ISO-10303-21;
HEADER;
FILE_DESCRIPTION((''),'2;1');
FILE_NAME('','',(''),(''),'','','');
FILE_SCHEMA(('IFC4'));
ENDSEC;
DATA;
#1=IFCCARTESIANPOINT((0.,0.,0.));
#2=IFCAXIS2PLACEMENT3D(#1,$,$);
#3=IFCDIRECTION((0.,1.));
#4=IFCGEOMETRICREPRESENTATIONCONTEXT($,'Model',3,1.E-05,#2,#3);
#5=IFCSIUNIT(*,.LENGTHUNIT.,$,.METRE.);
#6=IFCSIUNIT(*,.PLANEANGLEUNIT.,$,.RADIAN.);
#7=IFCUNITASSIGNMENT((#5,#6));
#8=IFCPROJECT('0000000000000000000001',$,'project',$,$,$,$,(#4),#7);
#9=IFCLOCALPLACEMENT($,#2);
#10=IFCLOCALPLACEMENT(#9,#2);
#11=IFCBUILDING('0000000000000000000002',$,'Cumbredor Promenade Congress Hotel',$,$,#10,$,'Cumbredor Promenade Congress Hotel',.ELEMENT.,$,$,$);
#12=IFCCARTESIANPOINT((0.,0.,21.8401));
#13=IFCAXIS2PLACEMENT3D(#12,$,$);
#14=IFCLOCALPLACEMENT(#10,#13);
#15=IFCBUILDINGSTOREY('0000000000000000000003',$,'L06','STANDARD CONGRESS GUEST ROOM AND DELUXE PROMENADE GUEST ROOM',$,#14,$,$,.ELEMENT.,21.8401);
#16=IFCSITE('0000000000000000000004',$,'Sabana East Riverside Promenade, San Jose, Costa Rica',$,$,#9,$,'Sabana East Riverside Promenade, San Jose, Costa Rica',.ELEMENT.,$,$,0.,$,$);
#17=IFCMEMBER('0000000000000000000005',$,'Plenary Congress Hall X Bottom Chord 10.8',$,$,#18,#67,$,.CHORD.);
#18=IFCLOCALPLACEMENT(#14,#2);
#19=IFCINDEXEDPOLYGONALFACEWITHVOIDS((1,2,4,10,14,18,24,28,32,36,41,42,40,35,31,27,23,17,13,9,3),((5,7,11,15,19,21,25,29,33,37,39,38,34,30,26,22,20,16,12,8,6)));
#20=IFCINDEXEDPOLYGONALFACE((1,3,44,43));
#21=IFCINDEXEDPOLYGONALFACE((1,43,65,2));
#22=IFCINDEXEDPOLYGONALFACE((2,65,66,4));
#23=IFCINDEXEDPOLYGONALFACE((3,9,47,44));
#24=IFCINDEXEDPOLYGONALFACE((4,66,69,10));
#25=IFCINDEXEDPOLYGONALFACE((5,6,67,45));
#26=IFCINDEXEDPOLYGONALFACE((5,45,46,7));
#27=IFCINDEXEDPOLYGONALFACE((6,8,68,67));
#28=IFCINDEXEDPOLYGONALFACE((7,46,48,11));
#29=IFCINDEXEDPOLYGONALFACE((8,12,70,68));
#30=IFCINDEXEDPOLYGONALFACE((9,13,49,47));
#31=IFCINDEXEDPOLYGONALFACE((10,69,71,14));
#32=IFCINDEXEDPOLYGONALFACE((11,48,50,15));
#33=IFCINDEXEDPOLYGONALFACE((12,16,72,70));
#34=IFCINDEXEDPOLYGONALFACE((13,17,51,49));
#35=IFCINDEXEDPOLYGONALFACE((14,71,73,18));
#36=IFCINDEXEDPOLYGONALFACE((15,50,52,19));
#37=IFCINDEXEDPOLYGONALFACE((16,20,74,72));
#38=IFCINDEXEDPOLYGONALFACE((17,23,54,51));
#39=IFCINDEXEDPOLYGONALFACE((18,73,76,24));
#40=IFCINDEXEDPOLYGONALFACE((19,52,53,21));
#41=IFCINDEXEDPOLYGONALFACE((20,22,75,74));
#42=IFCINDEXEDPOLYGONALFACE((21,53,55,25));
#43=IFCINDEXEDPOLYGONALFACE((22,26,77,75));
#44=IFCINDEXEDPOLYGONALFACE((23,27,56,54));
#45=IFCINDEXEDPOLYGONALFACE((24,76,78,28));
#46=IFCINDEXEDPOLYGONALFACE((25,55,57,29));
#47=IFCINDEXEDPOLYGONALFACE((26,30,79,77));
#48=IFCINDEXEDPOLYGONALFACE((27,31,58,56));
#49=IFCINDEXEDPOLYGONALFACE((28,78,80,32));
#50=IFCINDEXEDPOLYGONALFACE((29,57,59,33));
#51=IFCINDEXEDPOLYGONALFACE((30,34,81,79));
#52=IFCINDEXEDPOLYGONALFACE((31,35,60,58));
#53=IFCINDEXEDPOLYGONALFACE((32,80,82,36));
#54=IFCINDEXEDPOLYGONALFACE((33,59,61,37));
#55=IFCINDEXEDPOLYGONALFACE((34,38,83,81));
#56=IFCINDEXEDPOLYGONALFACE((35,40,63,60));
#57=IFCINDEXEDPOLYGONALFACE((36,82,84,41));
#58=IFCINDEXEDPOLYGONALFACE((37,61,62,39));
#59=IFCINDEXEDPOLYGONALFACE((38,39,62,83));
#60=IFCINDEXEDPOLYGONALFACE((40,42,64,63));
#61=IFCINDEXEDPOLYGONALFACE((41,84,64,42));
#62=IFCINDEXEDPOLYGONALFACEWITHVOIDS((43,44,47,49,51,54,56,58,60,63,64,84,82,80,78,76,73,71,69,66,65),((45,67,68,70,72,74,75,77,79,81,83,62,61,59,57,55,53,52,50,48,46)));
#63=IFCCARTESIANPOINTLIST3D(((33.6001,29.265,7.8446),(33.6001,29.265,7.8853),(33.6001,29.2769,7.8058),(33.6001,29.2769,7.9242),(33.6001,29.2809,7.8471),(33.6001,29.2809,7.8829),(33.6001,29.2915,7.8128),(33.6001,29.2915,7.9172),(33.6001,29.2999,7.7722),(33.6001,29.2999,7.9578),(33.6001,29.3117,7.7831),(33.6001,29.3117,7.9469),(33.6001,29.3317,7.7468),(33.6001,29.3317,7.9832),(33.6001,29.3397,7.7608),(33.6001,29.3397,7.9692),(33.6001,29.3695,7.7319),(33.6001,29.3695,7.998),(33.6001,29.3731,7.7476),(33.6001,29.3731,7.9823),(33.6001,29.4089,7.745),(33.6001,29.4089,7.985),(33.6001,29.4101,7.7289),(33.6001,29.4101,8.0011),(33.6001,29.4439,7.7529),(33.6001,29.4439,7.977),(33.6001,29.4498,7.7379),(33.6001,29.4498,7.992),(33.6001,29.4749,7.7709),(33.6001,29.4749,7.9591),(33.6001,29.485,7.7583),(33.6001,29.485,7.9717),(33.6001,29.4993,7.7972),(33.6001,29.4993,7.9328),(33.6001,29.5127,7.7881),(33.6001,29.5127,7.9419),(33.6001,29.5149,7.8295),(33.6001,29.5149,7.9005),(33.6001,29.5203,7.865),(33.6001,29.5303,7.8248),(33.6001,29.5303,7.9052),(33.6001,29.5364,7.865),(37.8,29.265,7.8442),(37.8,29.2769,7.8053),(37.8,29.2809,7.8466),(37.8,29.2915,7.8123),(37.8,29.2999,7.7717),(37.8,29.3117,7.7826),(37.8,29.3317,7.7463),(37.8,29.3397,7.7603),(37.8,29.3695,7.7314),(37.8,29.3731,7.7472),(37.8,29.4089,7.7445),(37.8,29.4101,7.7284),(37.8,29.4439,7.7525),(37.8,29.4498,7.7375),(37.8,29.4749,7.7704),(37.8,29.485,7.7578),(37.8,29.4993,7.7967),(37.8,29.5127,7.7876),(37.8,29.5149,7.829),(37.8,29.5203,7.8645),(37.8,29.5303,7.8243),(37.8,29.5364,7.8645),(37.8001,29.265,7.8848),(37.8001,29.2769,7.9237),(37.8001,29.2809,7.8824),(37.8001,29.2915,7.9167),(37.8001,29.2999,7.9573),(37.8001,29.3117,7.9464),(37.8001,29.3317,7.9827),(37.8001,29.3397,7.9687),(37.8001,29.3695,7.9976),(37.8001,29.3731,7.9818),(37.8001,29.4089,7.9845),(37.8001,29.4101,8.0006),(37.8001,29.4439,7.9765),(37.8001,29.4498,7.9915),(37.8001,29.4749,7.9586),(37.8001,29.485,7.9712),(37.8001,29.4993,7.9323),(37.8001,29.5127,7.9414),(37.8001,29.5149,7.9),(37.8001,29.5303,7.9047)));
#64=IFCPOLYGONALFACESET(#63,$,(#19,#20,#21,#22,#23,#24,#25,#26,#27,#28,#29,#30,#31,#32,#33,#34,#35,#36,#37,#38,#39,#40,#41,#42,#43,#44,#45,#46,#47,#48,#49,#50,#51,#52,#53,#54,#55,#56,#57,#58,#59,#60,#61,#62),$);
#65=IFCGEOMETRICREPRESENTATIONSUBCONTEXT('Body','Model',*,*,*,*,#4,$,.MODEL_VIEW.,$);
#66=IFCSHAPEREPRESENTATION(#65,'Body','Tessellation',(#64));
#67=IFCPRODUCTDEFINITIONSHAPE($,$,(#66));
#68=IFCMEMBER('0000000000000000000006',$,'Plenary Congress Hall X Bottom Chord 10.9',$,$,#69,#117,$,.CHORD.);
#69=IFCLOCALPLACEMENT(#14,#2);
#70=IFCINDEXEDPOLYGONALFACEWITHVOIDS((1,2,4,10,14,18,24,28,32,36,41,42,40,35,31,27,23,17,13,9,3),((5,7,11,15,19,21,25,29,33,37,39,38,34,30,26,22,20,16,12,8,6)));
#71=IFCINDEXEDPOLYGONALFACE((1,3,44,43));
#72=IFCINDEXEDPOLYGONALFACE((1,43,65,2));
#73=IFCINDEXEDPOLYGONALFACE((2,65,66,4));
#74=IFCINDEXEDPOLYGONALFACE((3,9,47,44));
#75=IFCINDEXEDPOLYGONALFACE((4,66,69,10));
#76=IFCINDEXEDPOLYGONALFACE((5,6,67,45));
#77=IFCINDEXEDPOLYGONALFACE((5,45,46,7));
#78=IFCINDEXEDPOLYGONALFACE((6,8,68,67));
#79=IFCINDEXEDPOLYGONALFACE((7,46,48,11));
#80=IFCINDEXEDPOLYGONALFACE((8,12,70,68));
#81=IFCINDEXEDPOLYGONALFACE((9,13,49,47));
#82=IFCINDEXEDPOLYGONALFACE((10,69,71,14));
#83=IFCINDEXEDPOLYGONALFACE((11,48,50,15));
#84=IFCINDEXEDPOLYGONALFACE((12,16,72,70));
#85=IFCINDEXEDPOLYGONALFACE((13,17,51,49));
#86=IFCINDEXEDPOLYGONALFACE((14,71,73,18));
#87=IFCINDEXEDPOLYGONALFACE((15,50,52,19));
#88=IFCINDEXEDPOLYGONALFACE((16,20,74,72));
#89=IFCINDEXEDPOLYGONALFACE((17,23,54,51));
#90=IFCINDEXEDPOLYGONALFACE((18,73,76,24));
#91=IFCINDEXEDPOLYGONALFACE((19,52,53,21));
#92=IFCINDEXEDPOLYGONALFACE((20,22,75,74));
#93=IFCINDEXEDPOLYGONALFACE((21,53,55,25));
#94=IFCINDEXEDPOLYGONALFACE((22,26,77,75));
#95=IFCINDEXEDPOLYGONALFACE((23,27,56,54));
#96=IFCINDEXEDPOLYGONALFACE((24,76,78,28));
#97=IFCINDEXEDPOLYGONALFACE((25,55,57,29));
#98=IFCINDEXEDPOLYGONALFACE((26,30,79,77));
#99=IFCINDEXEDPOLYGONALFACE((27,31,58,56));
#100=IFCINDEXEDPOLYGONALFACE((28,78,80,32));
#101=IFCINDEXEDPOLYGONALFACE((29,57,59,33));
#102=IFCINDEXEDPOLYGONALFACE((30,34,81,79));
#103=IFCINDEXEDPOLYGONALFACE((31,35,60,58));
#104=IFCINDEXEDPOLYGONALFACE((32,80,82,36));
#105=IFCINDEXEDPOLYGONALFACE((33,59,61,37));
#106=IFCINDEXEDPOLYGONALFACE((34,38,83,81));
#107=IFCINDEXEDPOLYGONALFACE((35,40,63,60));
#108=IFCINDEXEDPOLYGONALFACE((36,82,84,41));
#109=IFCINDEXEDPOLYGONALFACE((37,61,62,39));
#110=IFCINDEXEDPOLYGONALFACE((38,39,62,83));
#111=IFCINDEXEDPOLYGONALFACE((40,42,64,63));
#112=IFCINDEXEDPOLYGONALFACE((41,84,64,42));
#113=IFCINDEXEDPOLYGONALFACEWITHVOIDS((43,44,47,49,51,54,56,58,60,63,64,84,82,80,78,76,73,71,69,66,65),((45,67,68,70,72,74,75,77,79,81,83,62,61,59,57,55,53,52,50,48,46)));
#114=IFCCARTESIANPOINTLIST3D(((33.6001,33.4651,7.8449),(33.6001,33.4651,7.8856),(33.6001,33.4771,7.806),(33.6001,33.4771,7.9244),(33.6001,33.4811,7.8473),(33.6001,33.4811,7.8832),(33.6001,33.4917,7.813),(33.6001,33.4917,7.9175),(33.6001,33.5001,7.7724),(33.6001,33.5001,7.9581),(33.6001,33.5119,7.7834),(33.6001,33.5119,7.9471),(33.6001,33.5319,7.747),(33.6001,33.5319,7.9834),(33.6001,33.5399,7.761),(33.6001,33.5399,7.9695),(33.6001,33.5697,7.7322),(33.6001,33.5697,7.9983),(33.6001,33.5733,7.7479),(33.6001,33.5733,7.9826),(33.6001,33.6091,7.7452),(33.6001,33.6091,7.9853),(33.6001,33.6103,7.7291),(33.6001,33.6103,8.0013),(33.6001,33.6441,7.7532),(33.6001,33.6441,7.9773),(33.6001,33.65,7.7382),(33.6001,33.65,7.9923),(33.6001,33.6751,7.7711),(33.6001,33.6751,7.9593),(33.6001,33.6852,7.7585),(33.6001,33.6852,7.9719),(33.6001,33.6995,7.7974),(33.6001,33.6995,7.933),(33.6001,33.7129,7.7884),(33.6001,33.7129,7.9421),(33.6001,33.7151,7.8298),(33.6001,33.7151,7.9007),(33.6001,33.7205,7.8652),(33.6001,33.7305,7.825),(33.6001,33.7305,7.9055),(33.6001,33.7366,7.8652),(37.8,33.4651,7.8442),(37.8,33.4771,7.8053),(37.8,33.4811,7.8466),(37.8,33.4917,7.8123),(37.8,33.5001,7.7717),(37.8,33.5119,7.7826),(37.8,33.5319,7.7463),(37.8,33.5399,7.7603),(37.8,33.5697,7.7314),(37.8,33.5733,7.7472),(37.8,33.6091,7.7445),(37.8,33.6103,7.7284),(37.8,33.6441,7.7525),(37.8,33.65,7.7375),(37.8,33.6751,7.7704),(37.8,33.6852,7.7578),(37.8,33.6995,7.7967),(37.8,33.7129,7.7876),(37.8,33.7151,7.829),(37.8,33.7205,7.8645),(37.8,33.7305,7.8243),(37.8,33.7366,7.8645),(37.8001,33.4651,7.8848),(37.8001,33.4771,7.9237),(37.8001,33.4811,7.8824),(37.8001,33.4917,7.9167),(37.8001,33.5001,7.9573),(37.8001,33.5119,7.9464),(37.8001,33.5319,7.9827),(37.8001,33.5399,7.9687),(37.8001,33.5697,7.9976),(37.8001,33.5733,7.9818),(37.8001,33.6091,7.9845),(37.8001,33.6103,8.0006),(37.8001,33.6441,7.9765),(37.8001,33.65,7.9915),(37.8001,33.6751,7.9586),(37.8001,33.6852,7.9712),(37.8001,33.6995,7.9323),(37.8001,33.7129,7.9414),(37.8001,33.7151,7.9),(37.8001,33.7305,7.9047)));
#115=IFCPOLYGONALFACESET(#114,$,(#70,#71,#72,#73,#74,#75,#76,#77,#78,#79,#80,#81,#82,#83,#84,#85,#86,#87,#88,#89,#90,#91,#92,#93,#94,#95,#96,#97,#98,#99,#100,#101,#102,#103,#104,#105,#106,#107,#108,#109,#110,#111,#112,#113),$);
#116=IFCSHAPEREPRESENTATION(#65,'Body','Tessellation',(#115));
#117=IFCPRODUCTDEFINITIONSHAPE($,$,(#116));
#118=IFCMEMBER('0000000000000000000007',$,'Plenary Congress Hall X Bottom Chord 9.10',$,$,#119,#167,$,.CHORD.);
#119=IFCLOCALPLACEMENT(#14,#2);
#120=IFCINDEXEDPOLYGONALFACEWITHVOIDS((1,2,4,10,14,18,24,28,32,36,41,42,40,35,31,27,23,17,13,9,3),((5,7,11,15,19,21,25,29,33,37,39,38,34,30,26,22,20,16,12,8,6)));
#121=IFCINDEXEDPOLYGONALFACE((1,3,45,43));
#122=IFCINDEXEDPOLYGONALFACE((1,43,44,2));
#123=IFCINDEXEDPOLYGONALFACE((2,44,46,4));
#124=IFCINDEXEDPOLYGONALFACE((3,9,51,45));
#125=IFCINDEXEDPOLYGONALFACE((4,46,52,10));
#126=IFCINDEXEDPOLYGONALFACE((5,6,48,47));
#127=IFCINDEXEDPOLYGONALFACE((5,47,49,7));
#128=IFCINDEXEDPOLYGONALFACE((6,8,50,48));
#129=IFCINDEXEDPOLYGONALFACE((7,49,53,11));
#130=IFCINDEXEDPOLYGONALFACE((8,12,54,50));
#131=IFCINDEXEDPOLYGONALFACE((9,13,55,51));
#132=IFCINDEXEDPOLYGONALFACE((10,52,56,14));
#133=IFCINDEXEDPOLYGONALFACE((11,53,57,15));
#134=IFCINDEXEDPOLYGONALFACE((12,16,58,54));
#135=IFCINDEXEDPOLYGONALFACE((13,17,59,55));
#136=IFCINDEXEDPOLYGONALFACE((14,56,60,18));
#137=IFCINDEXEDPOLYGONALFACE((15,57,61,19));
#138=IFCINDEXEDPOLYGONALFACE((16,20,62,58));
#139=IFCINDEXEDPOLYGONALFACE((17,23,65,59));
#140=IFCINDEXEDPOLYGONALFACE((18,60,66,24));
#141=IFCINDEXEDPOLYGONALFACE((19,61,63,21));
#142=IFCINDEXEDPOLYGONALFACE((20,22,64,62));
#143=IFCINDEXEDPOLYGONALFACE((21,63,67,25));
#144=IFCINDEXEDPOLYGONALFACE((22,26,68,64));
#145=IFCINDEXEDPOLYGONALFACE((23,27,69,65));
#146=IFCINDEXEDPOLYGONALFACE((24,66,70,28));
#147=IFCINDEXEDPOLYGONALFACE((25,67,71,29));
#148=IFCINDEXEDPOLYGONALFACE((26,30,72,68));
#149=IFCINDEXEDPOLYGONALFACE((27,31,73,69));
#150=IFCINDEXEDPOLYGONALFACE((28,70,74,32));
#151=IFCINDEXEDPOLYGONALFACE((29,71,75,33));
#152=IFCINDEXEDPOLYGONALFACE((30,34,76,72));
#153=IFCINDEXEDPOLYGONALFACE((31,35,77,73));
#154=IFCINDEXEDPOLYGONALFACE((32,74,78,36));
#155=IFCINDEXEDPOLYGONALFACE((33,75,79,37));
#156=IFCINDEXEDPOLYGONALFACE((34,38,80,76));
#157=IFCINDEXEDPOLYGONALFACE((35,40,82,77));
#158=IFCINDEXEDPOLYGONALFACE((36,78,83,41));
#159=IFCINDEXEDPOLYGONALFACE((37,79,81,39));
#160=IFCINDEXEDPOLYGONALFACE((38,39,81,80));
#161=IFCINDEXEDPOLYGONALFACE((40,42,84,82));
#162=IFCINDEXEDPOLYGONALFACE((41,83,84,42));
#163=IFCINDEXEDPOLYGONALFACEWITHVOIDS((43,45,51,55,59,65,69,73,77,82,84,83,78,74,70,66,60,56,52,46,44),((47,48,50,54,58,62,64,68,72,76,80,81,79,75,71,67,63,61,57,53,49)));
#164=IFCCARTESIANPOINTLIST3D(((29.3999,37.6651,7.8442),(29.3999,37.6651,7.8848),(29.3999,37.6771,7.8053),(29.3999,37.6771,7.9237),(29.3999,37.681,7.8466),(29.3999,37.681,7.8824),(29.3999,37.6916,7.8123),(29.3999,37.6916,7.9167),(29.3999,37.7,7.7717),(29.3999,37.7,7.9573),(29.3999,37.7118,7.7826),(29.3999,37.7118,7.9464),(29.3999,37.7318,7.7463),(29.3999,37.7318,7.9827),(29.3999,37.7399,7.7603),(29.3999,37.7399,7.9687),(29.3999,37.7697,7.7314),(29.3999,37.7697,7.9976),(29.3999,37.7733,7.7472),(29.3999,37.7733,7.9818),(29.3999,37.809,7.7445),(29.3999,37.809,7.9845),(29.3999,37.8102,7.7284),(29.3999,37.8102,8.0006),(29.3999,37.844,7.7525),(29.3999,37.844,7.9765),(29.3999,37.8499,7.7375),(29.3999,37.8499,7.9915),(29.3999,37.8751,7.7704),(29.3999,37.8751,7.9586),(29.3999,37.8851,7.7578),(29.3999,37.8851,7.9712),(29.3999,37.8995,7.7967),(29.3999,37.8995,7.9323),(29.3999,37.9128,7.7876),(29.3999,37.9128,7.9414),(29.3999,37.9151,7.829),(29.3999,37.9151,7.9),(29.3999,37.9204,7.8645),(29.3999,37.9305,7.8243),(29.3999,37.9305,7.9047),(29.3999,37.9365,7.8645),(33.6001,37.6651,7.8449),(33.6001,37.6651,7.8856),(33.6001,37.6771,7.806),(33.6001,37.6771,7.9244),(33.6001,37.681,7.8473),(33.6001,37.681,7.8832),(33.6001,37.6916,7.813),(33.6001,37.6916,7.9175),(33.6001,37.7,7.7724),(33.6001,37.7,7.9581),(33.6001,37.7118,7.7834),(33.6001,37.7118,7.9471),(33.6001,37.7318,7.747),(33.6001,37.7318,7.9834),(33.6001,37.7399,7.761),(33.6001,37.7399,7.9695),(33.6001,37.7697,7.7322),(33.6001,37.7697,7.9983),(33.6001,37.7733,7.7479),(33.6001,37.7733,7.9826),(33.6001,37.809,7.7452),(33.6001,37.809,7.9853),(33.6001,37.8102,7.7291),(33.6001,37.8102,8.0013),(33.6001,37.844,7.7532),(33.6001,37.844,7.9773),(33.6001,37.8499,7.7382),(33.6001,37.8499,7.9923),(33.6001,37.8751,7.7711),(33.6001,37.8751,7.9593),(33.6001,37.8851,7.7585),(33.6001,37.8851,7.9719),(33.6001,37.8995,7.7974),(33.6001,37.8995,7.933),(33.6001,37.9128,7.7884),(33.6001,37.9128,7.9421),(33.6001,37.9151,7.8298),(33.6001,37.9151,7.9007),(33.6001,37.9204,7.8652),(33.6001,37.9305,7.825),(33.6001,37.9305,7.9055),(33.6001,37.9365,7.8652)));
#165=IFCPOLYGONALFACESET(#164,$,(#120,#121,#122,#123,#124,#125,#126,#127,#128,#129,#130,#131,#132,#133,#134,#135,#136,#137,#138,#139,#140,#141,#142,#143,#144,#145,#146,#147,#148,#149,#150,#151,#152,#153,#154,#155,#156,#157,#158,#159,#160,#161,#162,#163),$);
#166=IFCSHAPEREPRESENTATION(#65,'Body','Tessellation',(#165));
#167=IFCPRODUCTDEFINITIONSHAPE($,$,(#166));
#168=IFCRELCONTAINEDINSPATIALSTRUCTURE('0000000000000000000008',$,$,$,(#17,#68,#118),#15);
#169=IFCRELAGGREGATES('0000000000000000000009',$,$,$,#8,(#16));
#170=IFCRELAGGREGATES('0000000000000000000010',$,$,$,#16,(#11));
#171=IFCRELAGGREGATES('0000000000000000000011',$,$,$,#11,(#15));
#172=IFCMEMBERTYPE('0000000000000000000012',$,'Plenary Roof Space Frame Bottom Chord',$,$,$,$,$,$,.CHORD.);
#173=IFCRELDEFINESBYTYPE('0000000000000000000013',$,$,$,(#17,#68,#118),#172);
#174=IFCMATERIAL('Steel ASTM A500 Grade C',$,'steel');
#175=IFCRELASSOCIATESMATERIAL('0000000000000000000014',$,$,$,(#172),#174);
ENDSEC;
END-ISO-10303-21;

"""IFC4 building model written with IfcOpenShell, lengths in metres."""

from ifc_helpers import new_model, si_unit, direction, frame, origin, origin_2d, place, context, subcontext, project, spatial, hollow_circle, extrude, material, material_profile, profile_set, type_object, element, save


model = new_model("IFC4")

# Units and contexts
model_context = context("Model", 3, precision=1e-05, world=origin(), true_north=direction((0.0, 1.0)))
body_context = subcontext(model_context, "Body", "Model", "MODEL_VIEW")
ifc_project = project(units=[si_unit("LENGTHUNIT", "METRE"), si_unit("PLANEANGLEUNIT", "RADIAN")], contexts=[model_context])

# Site, building, storey
site_placement = place(None, origin())
site = spatial("IfcSite", under=ifc_project, at=site_placement, Name="Sabana East Riverside Promenade, San Jose, Costa Rica", LongName="Sabana East Riverside Promenade, San Jose, Costa Rica", CompositionType="ELEMENT", RefElevation=0.0)
building_placement = place(site_placement, origin())
building = spatial("IfcBuilding", under=site, at=building_placement, Name="Cumbredor Promenade Congress Hotel", LongName="Cumbredor Promenade Congress Hotel", CompositionType="ELEMENT")
storey_placement = place(building_placement, frame((0.0, 0.0, 21.8401)))
storey = spatial("IfcBuildingStorey", under=building, at=storey_placement, Name="L06", Description="STANDARD CONGRESS GUEST ROOM AND DELUXE PROMENADE GUEST ROOM", CompositionType="ELEMENT", Elevation=21.8401)

# Members
ifc_material_1 = material(Name="Steel ASTM A500 Grade C", Category="steel")
ifc_material_profile_1 = material_profile(ifc_material_1, hollow_circle(Radius=0.1365, WallThickness=0.0161, at=origin_2d()), Name="CHS 273.0x16")
ifc_profile_set_1 = profile_set([ifc_material_profile_1], Name="Steel ASTM A500 Grade C")
member_type_1 = type_object("IfcMemberType", Name="Plenary Roof Space Frame Bottom Chord", PredefinedType="CHORD", material=ifc_profile_set_1)
for number, where, z_axis, x_axis, name in (
    (1, (33.6001, 29.3999, 7.865), (1.0, 0.0, -0.000116), (0.0, 1.0, 0.0), "Plenary Congress Hall X Bottom Chord 10.8"),
    (2, (33.6001, 33.6001, 7.8652), (1.0, 0.0, -0.000174), (0.0, 1.0, 0.0), "Plenary Congress Hall X Bottom Chord 10.9"),
):
    element("IfcMember", number, at=place(storey_placement, frame(where, z_axis=z_axis, x_axis=x_axis)), inside=storey, type_object=member_type_1, Name=name, PredefinedType="CHORD", context=body_context, shape_type="SweptSolid", body=[
        extrude(hollow_circle(Radius=0.1365, WallThickness=0.0161, at=origin_2d()), origin(), (0.0, 0.0, 1.0), 4.2),
    ])
member_1_placement = place(storey_placement, frame((29.3999, 37.8, 7.8645), z_axis=(1.0, 0.0, 0.000174), x_axis=(0.0, 1.0, 0.0)))
element("IfcMember", 3, at=member_1_placement, inside=storey, type_object=member_type_1, Name="Plenary Congress Hall X Bottom Chord 9.10", PredefinedType="CHORD", context=body_context, shape_type="SweptSolid", body=[
    extrude(hollow_circle(Radius=0.1365, WallThickness=0.0161, at=origin_2d()), origin(), (0.0, 0.0, 1.0), 4.2002),
])

save(model, "model.ifc")
